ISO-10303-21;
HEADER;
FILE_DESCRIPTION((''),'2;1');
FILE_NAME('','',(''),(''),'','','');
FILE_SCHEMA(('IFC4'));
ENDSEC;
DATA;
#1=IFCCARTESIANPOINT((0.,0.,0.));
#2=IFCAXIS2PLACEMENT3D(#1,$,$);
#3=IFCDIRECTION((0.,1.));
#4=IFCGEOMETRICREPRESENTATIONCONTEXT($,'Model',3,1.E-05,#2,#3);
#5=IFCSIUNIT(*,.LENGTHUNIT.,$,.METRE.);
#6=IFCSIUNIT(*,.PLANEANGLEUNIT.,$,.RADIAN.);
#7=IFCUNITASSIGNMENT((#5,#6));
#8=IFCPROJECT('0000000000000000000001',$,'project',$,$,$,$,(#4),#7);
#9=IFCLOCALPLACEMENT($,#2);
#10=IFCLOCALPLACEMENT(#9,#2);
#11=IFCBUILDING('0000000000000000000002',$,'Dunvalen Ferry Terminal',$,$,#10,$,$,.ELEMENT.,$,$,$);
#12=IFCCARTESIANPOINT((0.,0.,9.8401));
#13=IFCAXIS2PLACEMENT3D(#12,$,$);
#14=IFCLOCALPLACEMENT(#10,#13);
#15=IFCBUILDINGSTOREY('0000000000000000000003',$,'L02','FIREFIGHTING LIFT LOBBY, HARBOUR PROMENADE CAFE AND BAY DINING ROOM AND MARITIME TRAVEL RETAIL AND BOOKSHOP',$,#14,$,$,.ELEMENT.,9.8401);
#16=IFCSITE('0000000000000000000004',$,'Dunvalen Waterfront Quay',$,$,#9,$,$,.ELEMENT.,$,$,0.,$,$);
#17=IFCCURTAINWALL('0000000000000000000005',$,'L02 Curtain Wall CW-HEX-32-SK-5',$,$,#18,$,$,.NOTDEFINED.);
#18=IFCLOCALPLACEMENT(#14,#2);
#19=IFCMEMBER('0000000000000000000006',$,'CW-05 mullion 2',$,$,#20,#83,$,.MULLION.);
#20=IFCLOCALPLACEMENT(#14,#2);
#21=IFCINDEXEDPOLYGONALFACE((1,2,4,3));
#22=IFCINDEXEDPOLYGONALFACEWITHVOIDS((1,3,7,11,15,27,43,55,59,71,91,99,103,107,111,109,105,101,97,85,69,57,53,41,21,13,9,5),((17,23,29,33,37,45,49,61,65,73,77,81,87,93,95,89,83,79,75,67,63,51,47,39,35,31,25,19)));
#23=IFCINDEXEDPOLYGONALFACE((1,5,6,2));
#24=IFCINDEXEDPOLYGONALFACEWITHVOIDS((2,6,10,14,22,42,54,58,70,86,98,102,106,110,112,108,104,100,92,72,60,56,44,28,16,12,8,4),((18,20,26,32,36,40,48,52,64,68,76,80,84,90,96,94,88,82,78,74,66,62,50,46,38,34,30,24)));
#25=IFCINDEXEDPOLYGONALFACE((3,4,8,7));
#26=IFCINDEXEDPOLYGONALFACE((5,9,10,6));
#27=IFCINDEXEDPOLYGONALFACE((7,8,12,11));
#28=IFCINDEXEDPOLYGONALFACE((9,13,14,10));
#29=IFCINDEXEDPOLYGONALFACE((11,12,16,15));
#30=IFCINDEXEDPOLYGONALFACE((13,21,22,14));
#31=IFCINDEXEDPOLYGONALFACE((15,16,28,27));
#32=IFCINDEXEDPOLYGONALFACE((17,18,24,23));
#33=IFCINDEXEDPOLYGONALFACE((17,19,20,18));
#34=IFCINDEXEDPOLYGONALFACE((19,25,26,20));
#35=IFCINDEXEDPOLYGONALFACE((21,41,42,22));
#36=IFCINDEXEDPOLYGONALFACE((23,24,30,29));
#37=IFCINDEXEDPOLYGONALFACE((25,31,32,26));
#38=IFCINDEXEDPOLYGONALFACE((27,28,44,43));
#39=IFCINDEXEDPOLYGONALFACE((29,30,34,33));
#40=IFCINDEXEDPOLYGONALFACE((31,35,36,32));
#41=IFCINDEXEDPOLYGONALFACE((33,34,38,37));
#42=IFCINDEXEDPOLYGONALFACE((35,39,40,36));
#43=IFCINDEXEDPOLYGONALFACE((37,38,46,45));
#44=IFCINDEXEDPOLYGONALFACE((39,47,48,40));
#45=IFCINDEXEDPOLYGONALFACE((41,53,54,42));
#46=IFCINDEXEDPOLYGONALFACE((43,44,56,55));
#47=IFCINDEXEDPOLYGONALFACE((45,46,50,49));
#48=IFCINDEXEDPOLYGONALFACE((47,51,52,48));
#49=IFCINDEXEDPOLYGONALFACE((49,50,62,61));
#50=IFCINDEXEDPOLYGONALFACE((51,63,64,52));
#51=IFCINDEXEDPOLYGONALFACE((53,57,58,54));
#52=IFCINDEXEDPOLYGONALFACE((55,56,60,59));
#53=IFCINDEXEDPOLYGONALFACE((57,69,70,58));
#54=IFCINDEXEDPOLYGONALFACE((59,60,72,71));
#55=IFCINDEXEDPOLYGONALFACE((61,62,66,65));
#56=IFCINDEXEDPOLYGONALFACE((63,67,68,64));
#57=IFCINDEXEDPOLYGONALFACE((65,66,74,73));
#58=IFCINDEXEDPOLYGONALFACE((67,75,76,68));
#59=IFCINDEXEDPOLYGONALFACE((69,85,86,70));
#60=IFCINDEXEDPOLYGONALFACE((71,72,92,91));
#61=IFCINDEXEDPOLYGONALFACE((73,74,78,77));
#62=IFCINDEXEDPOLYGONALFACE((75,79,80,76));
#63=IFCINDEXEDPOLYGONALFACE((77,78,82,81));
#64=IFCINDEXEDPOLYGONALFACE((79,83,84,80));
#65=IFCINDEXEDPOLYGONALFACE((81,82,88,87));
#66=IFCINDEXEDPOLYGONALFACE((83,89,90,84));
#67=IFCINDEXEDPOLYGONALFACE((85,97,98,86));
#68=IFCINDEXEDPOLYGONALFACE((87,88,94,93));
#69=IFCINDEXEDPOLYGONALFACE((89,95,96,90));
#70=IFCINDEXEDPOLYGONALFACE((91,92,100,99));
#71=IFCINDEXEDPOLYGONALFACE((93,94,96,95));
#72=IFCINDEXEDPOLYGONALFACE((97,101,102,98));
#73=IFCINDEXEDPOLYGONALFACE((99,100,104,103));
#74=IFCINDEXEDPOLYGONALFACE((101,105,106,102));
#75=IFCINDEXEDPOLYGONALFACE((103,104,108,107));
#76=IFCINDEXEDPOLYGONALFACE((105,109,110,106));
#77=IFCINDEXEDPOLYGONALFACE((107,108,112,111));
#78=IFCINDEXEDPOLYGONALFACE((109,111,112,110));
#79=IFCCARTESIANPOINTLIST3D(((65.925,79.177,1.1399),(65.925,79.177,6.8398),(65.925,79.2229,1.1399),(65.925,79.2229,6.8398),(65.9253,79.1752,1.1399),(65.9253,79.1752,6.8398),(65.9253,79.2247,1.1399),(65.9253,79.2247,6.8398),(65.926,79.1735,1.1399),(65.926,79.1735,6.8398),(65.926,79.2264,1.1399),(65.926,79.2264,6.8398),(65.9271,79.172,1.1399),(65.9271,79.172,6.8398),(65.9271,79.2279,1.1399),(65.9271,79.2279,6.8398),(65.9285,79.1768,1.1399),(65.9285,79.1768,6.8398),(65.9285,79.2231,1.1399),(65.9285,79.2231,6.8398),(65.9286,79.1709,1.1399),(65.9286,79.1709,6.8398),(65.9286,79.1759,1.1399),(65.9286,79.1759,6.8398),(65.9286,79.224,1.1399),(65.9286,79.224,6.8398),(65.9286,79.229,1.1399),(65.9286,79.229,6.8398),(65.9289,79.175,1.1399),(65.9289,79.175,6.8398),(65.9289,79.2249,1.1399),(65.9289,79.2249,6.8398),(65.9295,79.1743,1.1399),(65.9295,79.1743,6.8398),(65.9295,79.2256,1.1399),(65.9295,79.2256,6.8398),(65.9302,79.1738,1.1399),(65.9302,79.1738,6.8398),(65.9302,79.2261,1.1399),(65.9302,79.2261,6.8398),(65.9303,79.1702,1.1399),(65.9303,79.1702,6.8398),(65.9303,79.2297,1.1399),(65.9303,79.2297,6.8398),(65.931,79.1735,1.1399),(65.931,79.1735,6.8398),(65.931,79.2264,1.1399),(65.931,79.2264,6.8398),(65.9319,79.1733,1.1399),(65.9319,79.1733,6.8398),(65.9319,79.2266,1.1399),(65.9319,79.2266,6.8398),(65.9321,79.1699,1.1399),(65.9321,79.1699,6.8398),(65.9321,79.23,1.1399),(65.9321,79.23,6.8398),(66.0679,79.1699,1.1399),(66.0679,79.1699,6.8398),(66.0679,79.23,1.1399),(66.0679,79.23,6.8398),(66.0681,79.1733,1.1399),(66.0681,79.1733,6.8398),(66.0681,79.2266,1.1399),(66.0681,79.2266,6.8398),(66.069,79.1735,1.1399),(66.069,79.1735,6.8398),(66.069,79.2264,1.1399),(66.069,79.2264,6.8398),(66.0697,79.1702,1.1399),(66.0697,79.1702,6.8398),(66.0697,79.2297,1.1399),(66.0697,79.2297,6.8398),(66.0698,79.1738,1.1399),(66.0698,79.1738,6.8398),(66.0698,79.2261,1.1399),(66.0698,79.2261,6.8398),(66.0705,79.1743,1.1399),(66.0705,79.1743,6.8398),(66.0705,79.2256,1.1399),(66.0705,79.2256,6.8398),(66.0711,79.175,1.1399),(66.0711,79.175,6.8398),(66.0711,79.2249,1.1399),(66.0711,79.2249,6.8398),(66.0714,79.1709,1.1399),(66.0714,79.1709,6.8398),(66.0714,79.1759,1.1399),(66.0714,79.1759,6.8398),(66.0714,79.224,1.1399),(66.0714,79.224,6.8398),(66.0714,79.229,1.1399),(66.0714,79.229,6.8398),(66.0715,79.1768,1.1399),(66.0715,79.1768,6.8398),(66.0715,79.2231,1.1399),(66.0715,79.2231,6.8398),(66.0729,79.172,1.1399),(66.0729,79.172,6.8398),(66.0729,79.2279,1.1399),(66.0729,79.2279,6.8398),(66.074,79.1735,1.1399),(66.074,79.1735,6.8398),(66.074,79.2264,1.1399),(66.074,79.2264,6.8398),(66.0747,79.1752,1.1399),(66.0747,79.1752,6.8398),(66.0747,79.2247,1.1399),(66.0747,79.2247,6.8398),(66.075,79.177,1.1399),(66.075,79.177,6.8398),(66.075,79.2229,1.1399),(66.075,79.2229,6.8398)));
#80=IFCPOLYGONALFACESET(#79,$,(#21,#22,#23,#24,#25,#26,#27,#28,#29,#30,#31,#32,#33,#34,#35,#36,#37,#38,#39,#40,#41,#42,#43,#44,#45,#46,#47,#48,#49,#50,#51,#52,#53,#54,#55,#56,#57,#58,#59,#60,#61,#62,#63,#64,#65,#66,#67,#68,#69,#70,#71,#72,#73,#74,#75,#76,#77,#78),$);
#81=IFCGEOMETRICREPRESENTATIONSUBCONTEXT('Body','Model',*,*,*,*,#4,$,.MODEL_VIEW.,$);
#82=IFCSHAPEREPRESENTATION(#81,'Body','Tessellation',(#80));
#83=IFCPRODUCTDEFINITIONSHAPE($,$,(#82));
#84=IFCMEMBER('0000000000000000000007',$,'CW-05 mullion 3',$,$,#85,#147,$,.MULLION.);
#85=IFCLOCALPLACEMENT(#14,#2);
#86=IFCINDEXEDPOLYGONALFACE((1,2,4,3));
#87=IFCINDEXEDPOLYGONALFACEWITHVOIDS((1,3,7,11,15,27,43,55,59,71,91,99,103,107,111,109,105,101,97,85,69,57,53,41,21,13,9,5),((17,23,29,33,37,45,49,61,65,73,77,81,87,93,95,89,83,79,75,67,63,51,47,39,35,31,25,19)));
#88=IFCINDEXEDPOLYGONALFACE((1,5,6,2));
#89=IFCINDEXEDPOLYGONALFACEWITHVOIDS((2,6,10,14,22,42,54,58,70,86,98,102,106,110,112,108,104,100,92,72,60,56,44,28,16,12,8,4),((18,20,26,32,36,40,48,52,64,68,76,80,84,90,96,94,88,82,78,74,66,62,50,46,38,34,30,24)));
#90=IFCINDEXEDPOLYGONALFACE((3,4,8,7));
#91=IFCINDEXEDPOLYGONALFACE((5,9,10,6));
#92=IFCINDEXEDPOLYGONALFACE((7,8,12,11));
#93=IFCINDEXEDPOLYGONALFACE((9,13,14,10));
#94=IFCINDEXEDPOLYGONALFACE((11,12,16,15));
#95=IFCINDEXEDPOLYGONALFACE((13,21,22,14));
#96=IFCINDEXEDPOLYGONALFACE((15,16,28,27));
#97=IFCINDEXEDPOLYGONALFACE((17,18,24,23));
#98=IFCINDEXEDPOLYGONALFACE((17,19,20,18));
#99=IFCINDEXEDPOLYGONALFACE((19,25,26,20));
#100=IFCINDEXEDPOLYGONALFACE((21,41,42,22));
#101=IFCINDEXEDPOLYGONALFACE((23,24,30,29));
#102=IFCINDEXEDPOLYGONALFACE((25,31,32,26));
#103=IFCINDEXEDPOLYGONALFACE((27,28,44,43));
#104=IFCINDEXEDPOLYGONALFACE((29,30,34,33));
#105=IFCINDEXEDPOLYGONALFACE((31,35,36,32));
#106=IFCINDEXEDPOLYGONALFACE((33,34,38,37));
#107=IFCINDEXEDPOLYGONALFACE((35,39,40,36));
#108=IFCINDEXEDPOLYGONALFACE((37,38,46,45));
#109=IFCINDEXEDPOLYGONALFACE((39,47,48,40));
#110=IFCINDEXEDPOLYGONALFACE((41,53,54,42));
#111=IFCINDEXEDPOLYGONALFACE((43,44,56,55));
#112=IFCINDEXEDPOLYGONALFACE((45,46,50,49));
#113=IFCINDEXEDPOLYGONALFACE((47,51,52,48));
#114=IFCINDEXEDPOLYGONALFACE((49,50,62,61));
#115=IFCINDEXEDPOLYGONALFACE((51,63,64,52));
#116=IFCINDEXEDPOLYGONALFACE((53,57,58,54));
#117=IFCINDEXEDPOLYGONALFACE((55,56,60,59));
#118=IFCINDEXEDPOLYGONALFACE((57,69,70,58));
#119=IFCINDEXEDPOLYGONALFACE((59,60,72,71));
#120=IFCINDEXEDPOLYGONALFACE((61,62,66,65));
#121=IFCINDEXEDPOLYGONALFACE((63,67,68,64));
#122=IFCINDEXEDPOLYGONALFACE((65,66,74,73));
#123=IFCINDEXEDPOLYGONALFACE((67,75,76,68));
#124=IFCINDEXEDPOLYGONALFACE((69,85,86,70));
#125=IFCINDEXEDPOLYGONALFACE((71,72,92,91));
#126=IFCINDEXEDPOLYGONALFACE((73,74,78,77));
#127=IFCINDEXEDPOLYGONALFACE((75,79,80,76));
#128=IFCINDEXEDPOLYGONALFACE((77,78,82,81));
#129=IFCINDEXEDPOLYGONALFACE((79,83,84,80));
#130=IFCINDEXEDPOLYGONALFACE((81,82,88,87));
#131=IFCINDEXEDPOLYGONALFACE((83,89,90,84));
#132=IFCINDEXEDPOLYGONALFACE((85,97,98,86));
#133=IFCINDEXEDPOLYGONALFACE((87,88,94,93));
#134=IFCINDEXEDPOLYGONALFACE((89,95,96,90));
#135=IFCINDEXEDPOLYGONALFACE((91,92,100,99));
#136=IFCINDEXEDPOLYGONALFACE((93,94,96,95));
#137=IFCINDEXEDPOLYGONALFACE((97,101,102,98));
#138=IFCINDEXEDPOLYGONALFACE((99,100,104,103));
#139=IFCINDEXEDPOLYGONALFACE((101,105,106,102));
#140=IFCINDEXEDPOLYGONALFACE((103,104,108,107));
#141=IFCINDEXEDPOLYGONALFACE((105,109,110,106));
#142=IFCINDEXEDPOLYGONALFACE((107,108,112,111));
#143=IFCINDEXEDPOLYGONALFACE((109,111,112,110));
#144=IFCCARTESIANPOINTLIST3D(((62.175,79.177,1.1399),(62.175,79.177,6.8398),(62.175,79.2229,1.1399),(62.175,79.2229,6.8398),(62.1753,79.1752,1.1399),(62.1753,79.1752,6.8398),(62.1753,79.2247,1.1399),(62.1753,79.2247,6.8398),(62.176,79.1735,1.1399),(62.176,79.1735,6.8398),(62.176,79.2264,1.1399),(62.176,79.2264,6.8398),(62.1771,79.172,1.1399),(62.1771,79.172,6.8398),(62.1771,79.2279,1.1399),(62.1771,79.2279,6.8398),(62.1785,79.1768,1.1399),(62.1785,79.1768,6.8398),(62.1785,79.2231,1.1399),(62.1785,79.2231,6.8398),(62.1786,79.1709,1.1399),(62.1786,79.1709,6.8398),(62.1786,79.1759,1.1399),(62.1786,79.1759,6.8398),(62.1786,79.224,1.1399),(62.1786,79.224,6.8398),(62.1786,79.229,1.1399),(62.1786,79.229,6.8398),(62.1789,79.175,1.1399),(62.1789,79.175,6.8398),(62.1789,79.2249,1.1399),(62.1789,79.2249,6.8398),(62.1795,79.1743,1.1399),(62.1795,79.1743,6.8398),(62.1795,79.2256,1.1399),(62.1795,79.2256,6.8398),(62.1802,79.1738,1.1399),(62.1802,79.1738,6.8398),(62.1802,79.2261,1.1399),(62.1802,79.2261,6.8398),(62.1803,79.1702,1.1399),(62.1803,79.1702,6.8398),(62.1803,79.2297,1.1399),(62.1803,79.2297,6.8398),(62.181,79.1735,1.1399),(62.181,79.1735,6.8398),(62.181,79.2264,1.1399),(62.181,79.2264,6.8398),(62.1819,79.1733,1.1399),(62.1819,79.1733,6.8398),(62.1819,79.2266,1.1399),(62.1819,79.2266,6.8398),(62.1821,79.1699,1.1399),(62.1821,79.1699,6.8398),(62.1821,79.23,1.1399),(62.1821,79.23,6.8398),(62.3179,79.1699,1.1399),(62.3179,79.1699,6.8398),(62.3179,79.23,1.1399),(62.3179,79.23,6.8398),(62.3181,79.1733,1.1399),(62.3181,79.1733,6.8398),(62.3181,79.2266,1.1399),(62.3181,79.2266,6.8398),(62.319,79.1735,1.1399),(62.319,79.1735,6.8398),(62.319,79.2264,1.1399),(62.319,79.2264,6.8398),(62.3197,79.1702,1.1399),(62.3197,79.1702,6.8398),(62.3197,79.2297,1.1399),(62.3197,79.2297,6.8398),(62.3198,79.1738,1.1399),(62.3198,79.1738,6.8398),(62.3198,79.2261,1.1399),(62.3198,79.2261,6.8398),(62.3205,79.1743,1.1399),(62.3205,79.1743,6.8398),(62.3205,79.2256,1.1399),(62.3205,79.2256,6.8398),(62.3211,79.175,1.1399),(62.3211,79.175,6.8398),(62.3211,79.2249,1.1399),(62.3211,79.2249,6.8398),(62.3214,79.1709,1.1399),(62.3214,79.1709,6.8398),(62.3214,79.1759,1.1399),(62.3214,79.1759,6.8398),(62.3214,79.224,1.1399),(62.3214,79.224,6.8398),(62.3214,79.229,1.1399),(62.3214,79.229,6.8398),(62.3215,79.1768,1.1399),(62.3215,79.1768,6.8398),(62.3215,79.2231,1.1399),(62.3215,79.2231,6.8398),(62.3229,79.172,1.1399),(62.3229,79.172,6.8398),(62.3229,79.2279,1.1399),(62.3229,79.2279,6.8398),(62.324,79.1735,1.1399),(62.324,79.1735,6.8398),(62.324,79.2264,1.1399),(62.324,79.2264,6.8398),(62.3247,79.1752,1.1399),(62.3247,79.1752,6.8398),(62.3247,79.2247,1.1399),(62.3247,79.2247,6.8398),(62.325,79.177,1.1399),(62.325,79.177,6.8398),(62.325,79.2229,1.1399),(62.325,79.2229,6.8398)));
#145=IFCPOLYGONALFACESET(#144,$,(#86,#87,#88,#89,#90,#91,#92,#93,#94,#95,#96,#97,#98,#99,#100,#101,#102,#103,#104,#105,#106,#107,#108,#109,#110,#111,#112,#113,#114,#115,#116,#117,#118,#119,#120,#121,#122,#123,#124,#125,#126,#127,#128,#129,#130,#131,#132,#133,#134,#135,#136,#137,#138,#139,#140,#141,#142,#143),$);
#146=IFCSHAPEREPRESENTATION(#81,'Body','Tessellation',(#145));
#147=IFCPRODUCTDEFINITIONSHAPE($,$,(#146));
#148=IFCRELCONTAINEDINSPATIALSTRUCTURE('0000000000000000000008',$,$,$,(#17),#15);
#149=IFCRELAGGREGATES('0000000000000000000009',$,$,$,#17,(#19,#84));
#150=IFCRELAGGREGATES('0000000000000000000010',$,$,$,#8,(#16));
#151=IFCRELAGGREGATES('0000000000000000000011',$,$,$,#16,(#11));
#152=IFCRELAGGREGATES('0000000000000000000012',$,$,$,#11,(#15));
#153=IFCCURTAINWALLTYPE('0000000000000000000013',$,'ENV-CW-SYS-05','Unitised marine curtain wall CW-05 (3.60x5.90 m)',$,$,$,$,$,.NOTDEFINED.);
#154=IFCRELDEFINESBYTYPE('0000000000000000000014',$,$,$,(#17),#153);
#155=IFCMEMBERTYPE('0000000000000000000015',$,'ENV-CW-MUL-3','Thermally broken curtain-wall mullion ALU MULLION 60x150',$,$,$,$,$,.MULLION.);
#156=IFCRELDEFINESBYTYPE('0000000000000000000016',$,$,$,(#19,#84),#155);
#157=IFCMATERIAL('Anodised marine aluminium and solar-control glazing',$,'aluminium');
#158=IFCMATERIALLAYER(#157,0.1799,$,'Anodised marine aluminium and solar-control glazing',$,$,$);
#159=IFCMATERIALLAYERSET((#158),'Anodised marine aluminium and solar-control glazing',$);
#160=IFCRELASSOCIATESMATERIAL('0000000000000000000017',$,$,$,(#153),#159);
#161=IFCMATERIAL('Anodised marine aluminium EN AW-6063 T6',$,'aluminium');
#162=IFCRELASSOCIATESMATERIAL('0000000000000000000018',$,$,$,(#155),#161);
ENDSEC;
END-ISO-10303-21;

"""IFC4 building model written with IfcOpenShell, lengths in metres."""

from ifc_helpers import new_model, si_unit, direction, frame, origin, origin_2d, place, context, subcontext, project, spatial, hollow_rectangle, extrude, material, layer, layer_set, material_profile, profile_set, type_object, element, aggregate, save


model = new_model("IFC4")

# Units and contexts
model_context = context("Model", 3, precision=1e-05, world=origin(), true_north=direction((0.0, 1.0)))
body_context = subcontext(model_context, "Body", "Model", "MODEL_VIEW")
ifc_project = project(units=[si_unit("LENGTHUNIT", "METRE"), si_unit("PLANEANGLEUNIT", "RADIAN")], contexts=[model_context])

# Site, building, storey
site_placement = place(None, origin())
site = spatial("IfcSite", under=ifc_project, at=site_placement, Name="Dunvalen Waterfront Quay", CompositionType="ELEMENT", RefElevation=0.0)
building_placement = place(site_placement, origin())
building = spatial("IfcBuilding", under=site, at=building_placement, Name="Dunvalen Ferry Terminal", CompositionType="ELEMENT")
storey_placement = place(building_placement, frame((0.0, 0.0, 9.8401)))
storey = spatial("IfcBuildingStorey", under=building, at=storey_placement, Name="L02", Description="FIREFIGHTING LIFT LOBBY, HARBOUR PROMENADE CAFE AND BAY DINING ROOM AND MARITIME TRAVEL RETAIL AND BOOKSHOP", CompositionType="ELEMENT", Elevation=9.8401)

# Curtain wall, members
ifc_material_1 = material(Name="Anodised marine aluminium and solar-control glazing", Category="aluminium")
ifc_layer_1 = layer(ifc_material_1, 0.1799, Name="Anodised marine aluminium and solar-control glazing")
ifc_layer_set_1 = layer_set([ifc_layer_1], Name="Anodised marine aluminium and solar-control glazing")
curtain_wall_type_1 = type_object("IfcCurtainWallType", Name="ENV-CW-SYS-05", Description="Unitised marine curtain wall CW-05 (3.60x5.90 m)", PredefinedType="NOTDEFINED", material=ifc_layer_set_1)
curtain_wall_1_placement = place(storey_placement, origin())
curtain_wall_1 = element("IfcCurtainWall", 1, at=curtain_wall_1_placement, inside=storey, type_object=curtain_wall_type_1, Name="L02 Curtain Wall CW-HEX-32-SK-5", PredefinedType="NOTDEFINED")
ifc_material_2 = material(Name="Anodised marine aluminium EN AW-6063 T6", Category="aluminium")
ifc_material_profile_1 = material_profile(ifc_material_2, hollow_rectangle(XDim=0.0601, YDim=0.1499, WallThickness=0.0034, InnerFilletRadius=0.0034, OuterFilletRadius=0.0071, at=origin_2d()), Name="Anodised marine aluminium EN AW-6063 T6")
ifc_profile_set_1 = profile_set([ifc_material_profile_1], Name="Anodised marine aluminium EN AW-6063 T6")
member_type_1 = type_object("IfcMemberType", Name="ENV-CW-MUL-3", Description="Thermally broken curtain-wall mullion ALU MULLION 60x150", PredefinedType="MULLION", material=ifc_profile_set_1)
member_1_placement = place(storey_placement, frame((66.0, 79.2, 1.1399), z_axis=(0.0, 0.0, 1.0), x_axis=(0.0, -1.0, 0.0)))
member_1 = element("IfcMember", 2, at=member_1_placement, type_object=member_type_1, Name="CW-05 mullion 2", PredefinedType="MULLION", context=body_context, shape_type="SweptSolid", body=[
    extrude(hollow_rectangle(XDim=0.0601, YDim=0.1499, WallThickness=0.0034, InnerFilletRadius=0.0034, OuterFilletRadius=0.0071, at=origin_2d()), origin(), (0.0, 0.0, 1.0), 5.7),
])
member_2_placement = place(storey_placement, frame((62.25, 79.2, 1.1399), z_axis=(0.0, 0.0, 1.0), x_axis=(0.0, -1.0, 0.0)))
member_2 = element("IfcMember", 3, at=member_2_placement, type_object=member_type_1, Name="CW-05 mullion 3", PredefinedType="MULLION", context=body_context, shape_type="SweptSolid", body=[
    extrude(hollow_rectangle(XDim=0.0601, YDim=0.1499, WallThickness=0.0034, InnerFilletRadius=0.0034, OuterFilletRadius=0.0071, at=origin_2d()), origin(), (0.0, 0.0, 1.0), 5.7),
])

aggregate(curtain_wall_1, [member_1, member_2])

save(model, "model.ifc")
